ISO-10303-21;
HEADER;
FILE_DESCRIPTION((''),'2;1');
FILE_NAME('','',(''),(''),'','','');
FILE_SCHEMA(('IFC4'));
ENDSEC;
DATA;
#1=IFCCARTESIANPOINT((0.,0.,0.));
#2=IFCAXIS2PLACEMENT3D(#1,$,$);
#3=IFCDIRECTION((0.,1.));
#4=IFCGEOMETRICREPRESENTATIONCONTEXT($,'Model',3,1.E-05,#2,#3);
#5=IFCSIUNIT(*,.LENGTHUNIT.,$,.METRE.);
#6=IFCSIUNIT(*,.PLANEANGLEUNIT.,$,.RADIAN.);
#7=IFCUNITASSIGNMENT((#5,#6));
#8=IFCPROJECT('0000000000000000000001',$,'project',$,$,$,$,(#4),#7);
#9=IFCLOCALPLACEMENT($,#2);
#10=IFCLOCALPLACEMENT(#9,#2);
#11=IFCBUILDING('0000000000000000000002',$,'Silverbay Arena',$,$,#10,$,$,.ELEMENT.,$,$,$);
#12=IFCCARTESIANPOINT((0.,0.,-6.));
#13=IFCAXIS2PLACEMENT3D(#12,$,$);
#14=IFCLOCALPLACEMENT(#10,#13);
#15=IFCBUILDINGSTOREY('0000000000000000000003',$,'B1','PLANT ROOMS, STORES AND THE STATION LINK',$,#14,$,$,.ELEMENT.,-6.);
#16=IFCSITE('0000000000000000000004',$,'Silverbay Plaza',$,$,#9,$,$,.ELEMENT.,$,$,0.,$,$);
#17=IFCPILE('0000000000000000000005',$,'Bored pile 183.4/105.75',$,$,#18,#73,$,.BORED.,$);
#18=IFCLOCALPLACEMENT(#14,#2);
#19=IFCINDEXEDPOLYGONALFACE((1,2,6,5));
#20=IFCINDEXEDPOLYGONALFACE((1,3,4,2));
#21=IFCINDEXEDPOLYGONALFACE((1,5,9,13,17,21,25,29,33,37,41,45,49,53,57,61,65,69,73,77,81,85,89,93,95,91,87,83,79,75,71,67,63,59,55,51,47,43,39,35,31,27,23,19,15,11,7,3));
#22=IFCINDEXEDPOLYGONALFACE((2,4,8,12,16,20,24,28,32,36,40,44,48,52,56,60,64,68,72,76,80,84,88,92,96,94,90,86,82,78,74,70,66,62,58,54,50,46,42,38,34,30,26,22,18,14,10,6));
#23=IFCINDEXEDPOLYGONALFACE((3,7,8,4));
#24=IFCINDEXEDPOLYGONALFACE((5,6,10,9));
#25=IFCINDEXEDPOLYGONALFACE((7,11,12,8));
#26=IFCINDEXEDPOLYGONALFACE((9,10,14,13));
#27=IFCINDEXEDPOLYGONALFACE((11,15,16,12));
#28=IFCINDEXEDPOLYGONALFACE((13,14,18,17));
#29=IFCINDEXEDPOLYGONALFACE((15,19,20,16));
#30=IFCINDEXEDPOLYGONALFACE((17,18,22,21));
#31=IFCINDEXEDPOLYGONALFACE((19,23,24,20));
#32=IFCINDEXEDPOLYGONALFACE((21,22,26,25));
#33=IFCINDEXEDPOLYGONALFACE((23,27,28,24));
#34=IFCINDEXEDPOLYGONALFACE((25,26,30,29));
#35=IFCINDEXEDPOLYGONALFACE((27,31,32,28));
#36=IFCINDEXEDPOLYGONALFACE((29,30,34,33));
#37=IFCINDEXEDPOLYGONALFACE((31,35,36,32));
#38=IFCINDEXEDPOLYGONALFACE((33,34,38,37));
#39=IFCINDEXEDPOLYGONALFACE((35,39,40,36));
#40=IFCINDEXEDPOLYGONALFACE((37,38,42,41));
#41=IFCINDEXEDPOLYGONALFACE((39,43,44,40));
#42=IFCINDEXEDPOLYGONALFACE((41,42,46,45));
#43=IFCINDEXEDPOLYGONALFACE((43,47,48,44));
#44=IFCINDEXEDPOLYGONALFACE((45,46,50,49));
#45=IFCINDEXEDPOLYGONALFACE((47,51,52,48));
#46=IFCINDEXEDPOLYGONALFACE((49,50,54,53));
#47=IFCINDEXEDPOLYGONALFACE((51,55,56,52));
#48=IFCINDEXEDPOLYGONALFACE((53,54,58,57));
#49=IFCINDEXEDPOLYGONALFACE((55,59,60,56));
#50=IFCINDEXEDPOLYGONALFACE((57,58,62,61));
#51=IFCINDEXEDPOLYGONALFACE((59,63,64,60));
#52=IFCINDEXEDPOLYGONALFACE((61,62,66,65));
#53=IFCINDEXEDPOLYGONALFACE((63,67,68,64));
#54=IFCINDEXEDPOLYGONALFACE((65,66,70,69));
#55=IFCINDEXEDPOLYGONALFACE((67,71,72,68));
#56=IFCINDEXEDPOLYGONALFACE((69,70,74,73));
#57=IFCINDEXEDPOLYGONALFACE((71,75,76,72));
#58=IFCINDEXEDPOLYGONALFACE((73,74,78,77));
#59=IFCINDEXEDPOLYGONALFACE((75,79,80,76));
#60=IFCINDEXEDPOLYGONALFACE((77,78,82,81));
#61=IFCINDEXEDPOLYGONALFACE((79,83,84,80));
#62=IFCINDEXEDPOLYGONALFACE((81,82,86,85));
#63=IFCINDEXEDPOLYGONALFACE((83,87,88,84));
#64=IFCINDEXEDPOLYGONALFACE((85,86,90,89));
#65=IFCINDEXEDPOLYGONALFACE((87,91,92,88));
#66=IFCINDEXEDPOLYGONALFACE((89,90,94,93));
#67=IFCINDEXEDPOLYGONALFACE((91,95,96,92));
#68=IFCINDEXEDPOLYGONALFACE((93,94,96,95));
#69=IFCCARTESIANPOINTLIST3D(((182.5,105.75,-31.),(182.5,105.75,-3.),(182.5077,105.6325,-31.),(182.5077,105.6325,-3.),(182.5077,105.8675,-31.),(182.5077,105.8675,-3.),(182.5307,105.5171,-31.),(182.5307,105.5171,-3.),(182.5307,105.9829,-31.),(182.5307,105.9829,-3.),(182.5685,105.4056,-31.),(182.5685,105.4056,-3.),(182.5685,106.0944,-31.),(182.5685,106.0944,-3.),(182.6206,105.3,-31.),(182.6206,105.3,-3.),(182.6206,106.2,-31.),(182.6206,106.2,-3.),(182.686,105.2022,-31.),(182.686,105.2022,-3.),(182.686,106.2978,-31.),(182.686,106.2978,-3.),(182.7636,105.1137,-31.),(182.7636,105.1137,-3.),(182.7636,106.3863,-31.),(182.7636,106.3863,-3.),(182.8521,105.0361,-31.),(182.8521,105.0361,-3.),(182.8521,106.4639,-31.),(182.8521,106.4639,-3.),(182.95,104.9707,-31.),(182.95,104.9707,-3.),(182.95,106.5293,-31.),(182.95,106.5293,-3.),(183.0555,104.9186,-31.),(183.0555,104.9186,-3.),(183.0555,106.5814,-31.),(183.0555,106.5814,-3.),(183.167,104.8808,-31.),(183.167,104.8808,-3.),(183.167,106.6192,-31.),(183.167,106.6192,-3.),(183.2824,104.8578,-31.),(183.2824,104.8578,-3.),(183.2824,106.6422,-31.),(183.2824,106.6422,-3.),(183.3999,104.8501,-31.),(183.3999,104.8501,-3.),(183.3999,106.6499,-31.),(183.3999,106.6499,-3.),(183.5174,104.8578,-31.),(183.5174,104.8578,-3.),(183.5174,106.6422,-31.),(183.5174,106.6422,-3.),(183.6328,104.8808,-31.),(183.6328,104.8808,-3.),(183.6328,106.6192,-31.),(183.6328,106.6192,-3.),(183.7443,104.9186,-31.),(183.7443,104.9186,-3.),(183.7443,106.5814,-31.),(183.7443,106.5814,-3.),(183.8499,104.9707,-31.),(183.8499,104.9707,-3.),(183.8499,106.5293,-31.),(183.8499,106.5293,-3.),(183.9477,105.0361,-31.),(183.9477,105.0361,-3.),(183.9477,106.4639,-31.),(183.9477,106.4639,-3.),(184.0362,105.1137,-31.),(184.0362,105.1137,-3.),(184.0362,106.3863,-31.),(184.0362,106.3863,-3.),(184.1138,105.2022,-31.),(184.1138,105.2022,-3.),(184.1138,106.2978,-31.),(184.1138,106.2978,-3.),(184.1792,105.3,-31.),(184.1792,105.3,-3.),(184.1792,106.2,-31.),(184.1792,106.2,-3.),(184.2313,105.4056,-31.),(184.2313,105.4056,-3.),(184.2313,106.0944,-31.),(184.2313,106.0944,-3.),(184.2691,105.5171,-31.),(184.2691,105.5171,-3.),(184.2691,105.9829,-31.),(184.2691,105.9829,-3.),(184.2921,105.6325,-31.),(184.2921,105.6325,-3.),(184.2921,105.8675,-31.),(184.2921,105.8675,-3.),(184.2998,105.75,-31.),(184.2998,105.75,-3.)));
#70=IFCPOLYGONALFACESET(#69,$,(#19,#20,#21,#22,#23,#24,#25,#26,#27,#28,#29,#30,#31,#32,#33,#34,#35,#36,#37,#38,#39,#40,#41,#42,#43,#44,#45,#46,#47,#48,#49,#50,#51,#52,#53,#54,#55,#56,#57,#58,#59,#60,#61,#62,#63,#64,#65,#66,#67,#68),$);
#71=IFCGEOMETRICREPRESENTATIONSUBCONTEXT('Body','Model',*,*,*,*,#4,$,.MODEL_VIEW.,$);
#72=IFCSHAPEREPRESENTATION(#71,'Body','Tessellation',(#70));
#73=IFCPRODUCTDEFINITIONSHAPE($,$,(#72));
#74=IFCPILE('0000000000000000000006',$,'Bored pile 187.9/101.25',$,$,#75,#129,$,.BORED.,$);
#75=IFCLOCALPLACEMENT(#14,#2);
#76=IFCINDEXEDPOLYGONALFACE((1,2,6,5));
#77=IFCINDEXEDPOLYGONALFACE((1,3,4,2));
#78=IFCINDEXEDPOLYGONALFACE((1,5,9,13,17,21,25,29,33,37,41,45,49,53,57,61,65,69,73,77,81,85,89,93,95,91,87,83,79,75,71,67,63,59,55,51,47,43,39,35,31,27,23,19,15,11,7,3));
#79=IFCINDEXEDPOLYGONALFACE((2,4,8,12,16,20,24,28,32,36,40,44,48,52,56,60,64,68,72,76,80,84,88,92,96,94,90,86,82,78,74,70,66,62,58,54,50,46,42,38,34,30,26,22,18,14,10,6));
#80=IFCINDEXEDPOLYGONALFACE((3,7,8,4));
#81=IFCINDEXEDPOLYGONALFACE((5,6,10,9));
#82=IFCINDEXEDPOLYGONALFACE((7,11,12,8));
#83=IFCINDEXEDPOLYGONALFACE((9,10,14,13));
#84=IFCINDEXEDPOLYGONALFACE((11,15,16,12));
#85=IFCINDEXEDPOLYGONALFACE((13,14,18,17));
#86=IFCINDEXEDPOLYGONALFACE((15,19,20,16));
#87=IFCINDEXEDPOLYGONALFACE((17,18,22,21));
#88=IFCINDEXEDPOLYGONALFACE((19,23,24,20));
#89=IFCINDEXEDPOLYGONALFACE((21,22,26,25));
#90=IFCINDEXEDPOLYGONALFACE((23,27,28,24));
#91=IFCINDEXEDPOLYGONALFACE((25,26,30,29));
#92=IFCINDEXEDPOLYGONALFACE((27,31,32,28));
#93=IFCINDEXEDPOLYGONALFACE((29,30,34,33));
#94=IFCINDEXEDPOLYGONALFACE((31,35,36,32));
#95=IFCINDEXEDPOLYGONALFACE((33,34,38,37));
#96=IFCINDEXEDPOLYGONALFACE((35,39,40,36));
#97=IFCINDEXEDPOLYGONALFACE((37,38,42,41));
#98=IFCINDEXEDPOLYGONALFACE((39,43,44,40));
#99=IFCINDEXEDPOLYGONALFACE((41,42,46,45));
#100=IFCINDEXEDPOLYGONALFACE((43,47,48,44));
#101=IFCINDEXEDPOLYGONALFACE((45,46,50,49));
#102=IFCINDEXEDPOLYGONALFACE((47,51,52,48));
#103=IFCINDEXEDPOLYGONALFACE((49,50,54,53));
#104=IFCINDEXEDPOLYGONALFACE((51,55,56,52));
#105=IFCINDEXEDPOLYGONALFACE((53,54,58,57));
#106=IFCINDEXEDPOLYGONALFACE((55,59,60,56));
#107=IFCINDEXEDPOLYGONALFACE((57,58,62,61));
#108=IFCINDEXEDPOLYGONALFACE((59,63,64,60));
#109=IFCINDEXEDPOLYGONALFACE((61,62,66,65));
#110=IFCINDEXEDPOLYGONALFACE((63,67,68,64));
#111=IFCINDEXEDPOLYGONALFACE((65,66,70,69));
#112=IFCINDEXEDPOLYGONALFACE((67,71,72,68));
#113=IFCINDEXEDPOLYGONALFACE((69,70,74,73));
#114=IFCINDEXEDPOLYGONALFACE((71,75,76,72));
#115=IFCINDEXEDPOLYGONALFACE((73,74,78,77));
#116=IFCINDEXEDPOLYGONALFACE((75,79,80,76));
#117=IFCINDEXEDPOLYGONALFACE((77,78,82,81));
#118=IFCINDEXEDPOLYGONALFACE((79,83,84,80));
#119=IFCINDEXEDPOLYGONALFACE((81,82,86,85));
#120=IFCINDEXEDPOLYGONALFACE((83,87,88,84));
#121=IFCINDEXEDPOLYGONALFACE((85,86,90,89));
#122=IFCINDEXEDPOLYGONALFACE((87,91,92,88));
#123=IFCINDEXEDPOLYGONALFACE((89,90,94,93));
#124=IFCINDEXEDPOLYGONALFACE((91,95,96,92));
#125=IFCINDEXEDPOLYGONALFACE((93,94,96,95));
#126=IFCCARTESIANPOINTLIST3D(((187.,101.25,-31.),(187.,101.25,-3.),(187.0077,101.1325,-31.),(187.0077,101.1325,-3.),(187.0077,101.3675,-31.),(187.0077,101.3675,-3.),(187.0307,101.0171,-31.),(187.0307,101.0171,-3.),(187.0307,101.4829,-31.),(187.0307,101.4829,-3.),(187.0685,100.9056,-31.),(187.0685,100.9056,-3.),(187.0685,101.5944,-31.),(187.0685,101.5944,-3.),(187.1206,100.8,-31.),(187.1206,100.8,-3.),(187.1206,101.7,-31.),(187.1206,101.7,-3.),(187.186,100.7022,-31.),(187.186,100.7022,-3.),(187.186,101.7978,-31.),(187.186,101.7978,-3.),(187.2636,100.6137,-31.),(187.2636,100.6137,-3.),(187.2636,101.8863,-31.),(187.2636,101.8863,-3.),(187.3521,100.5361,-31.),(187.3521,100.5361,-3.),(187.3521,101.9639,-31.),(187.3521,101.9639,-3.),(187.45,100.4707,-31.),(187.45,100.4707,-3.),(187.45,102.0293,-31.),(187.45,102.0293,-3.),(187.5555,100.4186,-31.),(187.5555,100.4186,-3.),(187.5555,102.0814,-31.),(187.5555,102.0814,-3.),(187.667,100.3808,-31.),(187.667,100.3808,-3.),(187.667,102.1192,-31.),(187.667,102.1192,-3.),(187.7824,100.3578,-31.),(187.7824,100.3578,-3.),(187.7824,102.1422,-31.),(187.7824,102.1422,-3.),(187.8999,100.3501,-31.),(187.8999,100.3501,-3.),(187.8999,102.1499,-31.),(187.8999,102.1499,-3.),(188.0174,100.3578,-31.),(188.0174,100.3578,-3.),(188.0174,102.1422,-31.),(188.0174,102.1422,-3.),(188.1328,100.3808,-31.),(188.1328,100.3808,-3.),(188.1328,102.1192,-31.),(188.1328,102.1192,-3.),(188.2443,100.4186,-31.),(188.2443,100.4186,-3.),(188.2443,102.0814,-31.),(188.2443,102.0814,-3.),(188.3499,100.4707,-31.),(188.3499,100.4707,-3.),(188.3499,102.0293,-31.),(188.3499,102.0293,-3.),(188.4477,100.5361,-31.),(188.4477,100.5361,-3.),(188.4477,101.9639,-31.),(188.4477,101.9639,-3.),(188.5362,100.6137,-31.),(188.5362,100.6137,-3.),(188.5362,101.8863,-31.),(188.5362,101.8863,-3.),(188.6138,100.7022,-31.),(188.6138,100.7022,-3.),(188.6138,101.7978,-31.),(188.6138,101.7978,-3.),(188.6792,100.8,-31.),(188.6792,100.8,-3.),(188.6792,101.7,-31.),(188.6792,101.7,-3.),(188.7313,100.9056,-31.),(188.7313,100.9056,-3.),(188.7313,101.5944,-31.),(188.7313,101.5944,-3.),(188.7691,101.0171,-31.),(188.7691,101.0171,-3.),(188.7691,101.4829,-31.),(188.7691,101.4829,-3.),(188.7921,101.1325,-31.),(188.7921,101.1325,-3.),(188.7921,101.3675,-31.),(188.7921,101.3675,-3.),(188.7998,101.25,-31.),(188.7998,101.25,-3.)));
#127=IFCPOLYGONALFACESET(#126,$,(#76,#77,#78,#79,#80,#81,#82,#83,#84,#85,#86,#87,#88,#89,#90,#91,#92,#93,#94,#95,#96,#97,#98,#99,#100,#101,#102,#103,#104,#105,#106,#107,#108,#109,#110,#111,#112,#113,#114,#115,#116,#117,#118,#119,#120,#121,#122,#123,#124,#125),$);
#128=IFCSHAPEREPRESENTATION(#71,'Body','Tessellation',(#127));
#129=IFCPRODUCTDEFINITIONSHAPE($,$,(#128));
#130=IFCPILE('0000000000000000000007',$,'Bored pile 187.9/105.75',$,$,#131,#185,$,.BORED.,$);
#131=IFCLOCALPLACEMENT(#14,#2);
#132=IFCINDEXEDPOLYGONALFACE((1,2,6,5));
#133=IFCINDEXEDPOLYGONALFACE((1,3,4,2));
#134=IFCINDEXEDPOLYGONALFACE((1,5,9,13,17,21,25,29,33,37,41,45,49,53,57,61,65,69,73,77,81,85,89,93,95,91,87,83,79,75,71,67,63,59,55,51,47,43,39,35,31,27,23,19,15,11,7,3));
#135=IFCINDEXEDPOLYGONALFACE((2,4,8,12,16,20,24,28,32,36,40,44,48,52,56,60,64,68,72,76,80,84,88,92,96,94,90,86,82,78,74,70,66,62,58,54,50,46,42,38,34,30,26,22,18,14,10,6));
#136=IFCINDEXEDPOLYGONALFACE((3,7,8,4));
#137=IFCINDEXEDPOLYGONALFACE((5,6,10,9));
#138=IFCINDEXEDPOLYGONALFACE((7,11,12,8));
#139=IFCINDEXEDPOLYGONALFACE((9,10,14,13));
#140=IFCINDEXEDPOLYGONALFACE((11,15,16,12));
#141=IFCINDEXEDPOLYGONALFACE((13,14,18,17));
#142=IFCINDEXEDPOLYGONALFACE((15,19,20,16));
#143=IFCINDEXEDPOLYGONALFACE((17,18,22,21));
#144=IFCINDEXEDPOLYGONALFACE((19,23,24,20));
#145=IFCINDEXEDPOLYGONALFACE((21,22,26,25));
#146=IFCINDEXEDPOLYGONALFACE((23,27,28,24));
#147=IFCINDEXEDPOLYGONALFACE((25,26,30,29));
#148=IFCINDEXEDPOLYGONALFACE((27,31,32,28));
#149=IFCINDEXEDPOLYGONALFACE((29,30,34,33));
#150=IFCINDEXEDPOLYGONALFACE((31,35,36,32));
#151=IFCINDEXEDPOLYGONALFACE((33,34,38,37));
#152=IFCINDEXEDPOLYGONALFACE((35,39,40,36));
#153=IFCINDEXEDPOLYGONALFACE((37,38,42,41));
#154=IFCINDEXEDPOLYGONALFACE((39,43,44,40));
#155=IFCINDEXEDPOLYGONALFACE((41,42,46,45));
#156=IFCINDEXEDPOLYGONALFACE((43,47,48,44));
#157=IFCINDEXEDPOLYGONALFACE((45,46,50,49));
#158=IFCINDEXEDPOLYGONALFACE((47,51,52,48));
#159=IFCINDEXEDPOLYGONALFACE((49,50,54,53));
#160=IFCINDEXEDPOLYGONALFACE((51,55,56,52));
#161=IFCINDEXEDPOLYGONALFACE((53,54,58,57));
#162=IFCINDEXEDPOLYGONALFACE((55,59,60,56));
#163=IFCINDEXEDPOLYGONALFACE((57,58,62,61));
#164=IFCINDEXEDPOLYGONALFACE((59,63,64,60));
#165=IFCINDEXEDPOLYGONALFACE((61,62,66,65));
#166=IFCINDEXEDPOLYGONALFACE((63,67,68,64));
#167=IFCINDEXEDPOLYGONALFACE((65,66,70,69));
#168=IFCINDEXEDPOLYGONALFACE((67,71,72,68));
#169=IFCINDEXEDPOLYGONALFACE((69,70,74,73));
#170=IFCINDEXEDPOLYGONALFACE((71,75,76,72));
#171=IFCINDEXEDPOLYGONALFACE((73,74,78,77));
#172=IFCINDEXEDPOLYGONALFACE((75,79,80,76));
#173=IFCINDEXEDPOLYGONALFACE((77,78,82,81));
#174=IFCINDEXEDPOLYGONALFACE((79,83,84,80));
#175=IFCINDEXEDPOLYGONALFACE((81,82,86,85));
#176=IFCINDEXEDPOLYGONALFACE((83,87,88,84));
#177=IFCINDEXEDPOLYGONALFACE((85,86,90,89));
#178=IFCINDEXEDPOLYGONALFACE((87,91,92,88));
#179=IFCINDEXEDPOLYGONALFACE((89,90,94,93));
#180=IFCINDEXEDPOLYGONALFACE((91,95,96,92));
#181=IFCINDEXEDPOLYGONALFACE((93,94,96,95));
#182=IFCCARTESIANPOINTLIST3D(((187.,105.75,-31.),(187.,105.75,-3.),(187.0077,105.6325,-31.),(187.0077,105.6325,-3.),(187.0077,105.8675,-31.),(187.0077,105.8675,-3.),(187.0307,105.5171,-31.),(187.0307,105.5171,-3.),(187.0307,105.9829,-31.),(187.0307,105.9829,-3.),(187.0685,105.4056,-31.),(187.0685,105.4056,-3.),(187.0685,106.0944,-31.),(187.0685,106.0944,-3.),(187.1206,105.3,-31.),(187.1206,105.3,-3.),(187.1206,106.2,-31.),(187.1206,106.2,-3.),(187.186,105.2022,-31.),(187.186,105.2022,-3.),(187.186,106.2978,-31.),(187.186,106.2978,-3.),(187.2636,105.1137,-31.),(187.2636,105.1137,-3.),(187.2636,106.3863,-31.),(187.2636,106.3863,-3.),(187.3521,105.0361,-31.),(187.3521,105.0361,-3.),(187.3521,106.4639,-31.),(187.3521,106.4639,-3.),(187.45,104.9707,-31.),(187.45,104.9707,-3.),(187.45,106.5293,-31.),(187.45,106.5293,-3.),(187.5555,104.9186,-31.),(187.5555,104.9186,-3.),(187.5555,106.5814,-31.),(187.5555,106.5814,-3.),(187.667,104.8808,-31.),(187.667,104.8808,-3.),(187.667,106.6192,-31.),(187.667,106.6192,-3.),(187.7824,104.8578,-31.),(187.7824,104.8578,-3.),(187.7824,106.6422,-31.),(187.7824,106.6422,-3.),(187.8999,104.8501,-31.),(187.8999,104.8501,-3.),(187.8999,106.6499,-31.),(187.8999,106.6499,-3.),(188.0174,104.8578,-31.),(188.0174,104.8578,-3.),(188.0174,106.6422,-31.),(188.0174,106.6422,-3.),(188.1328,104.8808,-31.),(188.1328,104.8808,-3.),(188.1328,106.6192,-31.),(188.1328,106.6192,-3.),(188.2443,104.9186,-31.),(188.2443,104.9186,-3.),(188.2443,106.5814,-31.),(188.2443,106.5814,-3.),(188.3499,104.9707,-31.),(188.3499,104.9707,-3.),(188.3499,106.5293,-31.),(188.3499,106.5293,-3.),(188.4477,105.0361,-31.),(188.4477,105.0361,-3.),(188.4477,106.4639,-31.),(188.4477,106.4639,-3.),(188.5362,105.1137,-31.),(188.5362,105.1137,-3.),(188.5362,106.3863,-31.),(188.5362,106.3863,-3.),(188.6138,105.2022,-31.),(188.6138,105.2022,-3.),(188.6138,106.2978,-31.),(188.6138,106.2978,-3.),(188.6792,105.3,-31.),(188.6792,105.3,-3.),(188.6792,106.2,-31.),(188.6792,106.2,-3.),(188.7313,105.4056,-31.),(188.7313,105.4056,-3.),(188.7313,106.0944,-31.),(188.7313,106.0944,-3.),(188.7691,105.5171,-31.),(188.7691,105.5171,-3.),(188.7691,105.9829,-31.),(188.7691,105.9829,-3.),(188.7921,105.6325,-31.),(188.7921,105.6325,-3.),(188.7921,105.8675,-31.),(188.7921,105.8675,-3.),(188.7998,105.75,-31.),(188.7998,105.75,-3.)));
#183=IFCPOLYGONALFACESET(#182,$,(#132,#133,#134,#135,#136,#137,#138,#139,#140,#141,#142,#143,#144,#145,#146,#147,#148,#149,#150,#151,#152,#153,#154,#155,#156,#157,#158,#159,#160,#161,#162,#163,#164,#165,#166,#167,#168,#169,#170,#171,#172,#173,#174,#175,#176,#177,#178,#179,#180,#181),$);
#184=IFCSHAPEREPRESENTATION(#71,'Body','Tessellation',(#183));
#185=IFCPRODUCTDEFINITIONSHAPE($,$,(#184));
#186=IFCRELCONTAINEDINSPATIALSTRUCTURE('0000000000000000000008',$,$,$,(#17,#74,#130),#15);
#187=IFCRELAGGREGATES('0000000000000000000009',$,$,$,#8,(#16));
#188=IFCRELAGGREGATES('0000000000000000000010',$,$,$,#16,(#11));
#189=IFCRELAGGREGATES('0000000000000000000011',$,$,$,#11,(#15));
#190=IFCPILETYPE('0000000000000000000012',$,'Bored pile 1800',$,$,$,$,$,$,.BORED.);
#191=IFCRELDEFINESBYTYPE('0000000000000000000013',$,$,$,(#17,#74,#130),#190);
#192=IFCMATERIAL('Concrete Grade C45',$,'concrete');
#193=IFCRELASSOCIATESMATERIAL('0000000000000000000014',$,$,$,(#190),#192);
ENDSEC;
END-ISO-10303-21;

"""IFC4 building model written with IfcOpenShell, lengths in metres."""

from ifc_helpers import new_model, si_unit, direction, frame, origin, origin_2d, place, context, subcontext, project, spatial, circle, extrude, material, material_profile, profile_set, type_object, element, save


model = new_model("IFC4")

# Units and contexts
model_context = context("Model", 3, precision=1e-05, world=origin(), true_north=direction((0.0, 1.0)))
body_context = subcontext(model_context, "Body", "Model", "MODEL_VIEW")
ifc_project = project(units=[si_unit("LENGTHUNIT", "METRE"), si_unit("PLANEANGLEUNIT", "RADIAN")], contexts=[model_context])

# Site, building, storey
site_placement = place(None, origin())
site = spatial("IfcSite", under=ifc_project, at=site_placement, Name="Silverbay Plaza", CompositionType="ELEMENT", RefElevation=0.0)
building_placement = place(site_placement, origin())
building = spatial("IfcBuilding", under=site, at=building_placement, Name="Silverbay Arena", CompositionType="ELEMENT")
storey_placement = place(building_placement, frame((0.0, 0.0, -6.0)))
storey = spatial("IfcBuildingStorey", under=building, at=storey_placement, Name="B1", Description="PLANT ROOMS, STORES AND THE STATION LINK", CompositionType="ELEMENT", Elevation=-6.0)

# Piles
ifc_material_1 = material(Name="Concrete Grade C45", Category="concrete")
ifc_material_profile = material_profile(ifc_material_1, circle(Radius=0.8999, at=origin_2d()), Name="Bored pile 1800")
ifc_profile_set = profile_set([ifc_material_profile], Name="Concrete Grade C45")
pile_type = type_object("IfcPileType", Name="Bored pile 1800", PredefinedType="BORED", material=ifc_profile_set)
for number, where, z_axis, x_axis, name in (
    (1, (183.3999, 105.75, -3.0), (0.0, 0.0, -1.0), (1.0, 0.0, 0.0), "Bored pile 183.4/105.75"),
    (2, (187.8999, 101.25, -3.0), (0.0, 0.0, -1.0), (1.0, 0.0, 0.0), "Bored pile 187.9/101.25"),
    (3, (187.8999, 105.75, -3.0), (0.0, 0.0, -1.0), (1.0, 0.0, 0.0), "Bored pile 187.9/105.75"),
):
    element("IfcPile", number, at=place(storey_placement, frame(where, z_axis=z_axis, x_axis=x_axis)), inside=storey, type_object=pile_type, Name=name, PredefinedType="BORED", context=body_context, shape_type="SweptSolid", body=[
        extrude(circle(Radius=0.8999, at=origin_2d()), origin(), (0.0, 0.0, 1.0), 28.0),
    ])

save(model, "model.ifc")
